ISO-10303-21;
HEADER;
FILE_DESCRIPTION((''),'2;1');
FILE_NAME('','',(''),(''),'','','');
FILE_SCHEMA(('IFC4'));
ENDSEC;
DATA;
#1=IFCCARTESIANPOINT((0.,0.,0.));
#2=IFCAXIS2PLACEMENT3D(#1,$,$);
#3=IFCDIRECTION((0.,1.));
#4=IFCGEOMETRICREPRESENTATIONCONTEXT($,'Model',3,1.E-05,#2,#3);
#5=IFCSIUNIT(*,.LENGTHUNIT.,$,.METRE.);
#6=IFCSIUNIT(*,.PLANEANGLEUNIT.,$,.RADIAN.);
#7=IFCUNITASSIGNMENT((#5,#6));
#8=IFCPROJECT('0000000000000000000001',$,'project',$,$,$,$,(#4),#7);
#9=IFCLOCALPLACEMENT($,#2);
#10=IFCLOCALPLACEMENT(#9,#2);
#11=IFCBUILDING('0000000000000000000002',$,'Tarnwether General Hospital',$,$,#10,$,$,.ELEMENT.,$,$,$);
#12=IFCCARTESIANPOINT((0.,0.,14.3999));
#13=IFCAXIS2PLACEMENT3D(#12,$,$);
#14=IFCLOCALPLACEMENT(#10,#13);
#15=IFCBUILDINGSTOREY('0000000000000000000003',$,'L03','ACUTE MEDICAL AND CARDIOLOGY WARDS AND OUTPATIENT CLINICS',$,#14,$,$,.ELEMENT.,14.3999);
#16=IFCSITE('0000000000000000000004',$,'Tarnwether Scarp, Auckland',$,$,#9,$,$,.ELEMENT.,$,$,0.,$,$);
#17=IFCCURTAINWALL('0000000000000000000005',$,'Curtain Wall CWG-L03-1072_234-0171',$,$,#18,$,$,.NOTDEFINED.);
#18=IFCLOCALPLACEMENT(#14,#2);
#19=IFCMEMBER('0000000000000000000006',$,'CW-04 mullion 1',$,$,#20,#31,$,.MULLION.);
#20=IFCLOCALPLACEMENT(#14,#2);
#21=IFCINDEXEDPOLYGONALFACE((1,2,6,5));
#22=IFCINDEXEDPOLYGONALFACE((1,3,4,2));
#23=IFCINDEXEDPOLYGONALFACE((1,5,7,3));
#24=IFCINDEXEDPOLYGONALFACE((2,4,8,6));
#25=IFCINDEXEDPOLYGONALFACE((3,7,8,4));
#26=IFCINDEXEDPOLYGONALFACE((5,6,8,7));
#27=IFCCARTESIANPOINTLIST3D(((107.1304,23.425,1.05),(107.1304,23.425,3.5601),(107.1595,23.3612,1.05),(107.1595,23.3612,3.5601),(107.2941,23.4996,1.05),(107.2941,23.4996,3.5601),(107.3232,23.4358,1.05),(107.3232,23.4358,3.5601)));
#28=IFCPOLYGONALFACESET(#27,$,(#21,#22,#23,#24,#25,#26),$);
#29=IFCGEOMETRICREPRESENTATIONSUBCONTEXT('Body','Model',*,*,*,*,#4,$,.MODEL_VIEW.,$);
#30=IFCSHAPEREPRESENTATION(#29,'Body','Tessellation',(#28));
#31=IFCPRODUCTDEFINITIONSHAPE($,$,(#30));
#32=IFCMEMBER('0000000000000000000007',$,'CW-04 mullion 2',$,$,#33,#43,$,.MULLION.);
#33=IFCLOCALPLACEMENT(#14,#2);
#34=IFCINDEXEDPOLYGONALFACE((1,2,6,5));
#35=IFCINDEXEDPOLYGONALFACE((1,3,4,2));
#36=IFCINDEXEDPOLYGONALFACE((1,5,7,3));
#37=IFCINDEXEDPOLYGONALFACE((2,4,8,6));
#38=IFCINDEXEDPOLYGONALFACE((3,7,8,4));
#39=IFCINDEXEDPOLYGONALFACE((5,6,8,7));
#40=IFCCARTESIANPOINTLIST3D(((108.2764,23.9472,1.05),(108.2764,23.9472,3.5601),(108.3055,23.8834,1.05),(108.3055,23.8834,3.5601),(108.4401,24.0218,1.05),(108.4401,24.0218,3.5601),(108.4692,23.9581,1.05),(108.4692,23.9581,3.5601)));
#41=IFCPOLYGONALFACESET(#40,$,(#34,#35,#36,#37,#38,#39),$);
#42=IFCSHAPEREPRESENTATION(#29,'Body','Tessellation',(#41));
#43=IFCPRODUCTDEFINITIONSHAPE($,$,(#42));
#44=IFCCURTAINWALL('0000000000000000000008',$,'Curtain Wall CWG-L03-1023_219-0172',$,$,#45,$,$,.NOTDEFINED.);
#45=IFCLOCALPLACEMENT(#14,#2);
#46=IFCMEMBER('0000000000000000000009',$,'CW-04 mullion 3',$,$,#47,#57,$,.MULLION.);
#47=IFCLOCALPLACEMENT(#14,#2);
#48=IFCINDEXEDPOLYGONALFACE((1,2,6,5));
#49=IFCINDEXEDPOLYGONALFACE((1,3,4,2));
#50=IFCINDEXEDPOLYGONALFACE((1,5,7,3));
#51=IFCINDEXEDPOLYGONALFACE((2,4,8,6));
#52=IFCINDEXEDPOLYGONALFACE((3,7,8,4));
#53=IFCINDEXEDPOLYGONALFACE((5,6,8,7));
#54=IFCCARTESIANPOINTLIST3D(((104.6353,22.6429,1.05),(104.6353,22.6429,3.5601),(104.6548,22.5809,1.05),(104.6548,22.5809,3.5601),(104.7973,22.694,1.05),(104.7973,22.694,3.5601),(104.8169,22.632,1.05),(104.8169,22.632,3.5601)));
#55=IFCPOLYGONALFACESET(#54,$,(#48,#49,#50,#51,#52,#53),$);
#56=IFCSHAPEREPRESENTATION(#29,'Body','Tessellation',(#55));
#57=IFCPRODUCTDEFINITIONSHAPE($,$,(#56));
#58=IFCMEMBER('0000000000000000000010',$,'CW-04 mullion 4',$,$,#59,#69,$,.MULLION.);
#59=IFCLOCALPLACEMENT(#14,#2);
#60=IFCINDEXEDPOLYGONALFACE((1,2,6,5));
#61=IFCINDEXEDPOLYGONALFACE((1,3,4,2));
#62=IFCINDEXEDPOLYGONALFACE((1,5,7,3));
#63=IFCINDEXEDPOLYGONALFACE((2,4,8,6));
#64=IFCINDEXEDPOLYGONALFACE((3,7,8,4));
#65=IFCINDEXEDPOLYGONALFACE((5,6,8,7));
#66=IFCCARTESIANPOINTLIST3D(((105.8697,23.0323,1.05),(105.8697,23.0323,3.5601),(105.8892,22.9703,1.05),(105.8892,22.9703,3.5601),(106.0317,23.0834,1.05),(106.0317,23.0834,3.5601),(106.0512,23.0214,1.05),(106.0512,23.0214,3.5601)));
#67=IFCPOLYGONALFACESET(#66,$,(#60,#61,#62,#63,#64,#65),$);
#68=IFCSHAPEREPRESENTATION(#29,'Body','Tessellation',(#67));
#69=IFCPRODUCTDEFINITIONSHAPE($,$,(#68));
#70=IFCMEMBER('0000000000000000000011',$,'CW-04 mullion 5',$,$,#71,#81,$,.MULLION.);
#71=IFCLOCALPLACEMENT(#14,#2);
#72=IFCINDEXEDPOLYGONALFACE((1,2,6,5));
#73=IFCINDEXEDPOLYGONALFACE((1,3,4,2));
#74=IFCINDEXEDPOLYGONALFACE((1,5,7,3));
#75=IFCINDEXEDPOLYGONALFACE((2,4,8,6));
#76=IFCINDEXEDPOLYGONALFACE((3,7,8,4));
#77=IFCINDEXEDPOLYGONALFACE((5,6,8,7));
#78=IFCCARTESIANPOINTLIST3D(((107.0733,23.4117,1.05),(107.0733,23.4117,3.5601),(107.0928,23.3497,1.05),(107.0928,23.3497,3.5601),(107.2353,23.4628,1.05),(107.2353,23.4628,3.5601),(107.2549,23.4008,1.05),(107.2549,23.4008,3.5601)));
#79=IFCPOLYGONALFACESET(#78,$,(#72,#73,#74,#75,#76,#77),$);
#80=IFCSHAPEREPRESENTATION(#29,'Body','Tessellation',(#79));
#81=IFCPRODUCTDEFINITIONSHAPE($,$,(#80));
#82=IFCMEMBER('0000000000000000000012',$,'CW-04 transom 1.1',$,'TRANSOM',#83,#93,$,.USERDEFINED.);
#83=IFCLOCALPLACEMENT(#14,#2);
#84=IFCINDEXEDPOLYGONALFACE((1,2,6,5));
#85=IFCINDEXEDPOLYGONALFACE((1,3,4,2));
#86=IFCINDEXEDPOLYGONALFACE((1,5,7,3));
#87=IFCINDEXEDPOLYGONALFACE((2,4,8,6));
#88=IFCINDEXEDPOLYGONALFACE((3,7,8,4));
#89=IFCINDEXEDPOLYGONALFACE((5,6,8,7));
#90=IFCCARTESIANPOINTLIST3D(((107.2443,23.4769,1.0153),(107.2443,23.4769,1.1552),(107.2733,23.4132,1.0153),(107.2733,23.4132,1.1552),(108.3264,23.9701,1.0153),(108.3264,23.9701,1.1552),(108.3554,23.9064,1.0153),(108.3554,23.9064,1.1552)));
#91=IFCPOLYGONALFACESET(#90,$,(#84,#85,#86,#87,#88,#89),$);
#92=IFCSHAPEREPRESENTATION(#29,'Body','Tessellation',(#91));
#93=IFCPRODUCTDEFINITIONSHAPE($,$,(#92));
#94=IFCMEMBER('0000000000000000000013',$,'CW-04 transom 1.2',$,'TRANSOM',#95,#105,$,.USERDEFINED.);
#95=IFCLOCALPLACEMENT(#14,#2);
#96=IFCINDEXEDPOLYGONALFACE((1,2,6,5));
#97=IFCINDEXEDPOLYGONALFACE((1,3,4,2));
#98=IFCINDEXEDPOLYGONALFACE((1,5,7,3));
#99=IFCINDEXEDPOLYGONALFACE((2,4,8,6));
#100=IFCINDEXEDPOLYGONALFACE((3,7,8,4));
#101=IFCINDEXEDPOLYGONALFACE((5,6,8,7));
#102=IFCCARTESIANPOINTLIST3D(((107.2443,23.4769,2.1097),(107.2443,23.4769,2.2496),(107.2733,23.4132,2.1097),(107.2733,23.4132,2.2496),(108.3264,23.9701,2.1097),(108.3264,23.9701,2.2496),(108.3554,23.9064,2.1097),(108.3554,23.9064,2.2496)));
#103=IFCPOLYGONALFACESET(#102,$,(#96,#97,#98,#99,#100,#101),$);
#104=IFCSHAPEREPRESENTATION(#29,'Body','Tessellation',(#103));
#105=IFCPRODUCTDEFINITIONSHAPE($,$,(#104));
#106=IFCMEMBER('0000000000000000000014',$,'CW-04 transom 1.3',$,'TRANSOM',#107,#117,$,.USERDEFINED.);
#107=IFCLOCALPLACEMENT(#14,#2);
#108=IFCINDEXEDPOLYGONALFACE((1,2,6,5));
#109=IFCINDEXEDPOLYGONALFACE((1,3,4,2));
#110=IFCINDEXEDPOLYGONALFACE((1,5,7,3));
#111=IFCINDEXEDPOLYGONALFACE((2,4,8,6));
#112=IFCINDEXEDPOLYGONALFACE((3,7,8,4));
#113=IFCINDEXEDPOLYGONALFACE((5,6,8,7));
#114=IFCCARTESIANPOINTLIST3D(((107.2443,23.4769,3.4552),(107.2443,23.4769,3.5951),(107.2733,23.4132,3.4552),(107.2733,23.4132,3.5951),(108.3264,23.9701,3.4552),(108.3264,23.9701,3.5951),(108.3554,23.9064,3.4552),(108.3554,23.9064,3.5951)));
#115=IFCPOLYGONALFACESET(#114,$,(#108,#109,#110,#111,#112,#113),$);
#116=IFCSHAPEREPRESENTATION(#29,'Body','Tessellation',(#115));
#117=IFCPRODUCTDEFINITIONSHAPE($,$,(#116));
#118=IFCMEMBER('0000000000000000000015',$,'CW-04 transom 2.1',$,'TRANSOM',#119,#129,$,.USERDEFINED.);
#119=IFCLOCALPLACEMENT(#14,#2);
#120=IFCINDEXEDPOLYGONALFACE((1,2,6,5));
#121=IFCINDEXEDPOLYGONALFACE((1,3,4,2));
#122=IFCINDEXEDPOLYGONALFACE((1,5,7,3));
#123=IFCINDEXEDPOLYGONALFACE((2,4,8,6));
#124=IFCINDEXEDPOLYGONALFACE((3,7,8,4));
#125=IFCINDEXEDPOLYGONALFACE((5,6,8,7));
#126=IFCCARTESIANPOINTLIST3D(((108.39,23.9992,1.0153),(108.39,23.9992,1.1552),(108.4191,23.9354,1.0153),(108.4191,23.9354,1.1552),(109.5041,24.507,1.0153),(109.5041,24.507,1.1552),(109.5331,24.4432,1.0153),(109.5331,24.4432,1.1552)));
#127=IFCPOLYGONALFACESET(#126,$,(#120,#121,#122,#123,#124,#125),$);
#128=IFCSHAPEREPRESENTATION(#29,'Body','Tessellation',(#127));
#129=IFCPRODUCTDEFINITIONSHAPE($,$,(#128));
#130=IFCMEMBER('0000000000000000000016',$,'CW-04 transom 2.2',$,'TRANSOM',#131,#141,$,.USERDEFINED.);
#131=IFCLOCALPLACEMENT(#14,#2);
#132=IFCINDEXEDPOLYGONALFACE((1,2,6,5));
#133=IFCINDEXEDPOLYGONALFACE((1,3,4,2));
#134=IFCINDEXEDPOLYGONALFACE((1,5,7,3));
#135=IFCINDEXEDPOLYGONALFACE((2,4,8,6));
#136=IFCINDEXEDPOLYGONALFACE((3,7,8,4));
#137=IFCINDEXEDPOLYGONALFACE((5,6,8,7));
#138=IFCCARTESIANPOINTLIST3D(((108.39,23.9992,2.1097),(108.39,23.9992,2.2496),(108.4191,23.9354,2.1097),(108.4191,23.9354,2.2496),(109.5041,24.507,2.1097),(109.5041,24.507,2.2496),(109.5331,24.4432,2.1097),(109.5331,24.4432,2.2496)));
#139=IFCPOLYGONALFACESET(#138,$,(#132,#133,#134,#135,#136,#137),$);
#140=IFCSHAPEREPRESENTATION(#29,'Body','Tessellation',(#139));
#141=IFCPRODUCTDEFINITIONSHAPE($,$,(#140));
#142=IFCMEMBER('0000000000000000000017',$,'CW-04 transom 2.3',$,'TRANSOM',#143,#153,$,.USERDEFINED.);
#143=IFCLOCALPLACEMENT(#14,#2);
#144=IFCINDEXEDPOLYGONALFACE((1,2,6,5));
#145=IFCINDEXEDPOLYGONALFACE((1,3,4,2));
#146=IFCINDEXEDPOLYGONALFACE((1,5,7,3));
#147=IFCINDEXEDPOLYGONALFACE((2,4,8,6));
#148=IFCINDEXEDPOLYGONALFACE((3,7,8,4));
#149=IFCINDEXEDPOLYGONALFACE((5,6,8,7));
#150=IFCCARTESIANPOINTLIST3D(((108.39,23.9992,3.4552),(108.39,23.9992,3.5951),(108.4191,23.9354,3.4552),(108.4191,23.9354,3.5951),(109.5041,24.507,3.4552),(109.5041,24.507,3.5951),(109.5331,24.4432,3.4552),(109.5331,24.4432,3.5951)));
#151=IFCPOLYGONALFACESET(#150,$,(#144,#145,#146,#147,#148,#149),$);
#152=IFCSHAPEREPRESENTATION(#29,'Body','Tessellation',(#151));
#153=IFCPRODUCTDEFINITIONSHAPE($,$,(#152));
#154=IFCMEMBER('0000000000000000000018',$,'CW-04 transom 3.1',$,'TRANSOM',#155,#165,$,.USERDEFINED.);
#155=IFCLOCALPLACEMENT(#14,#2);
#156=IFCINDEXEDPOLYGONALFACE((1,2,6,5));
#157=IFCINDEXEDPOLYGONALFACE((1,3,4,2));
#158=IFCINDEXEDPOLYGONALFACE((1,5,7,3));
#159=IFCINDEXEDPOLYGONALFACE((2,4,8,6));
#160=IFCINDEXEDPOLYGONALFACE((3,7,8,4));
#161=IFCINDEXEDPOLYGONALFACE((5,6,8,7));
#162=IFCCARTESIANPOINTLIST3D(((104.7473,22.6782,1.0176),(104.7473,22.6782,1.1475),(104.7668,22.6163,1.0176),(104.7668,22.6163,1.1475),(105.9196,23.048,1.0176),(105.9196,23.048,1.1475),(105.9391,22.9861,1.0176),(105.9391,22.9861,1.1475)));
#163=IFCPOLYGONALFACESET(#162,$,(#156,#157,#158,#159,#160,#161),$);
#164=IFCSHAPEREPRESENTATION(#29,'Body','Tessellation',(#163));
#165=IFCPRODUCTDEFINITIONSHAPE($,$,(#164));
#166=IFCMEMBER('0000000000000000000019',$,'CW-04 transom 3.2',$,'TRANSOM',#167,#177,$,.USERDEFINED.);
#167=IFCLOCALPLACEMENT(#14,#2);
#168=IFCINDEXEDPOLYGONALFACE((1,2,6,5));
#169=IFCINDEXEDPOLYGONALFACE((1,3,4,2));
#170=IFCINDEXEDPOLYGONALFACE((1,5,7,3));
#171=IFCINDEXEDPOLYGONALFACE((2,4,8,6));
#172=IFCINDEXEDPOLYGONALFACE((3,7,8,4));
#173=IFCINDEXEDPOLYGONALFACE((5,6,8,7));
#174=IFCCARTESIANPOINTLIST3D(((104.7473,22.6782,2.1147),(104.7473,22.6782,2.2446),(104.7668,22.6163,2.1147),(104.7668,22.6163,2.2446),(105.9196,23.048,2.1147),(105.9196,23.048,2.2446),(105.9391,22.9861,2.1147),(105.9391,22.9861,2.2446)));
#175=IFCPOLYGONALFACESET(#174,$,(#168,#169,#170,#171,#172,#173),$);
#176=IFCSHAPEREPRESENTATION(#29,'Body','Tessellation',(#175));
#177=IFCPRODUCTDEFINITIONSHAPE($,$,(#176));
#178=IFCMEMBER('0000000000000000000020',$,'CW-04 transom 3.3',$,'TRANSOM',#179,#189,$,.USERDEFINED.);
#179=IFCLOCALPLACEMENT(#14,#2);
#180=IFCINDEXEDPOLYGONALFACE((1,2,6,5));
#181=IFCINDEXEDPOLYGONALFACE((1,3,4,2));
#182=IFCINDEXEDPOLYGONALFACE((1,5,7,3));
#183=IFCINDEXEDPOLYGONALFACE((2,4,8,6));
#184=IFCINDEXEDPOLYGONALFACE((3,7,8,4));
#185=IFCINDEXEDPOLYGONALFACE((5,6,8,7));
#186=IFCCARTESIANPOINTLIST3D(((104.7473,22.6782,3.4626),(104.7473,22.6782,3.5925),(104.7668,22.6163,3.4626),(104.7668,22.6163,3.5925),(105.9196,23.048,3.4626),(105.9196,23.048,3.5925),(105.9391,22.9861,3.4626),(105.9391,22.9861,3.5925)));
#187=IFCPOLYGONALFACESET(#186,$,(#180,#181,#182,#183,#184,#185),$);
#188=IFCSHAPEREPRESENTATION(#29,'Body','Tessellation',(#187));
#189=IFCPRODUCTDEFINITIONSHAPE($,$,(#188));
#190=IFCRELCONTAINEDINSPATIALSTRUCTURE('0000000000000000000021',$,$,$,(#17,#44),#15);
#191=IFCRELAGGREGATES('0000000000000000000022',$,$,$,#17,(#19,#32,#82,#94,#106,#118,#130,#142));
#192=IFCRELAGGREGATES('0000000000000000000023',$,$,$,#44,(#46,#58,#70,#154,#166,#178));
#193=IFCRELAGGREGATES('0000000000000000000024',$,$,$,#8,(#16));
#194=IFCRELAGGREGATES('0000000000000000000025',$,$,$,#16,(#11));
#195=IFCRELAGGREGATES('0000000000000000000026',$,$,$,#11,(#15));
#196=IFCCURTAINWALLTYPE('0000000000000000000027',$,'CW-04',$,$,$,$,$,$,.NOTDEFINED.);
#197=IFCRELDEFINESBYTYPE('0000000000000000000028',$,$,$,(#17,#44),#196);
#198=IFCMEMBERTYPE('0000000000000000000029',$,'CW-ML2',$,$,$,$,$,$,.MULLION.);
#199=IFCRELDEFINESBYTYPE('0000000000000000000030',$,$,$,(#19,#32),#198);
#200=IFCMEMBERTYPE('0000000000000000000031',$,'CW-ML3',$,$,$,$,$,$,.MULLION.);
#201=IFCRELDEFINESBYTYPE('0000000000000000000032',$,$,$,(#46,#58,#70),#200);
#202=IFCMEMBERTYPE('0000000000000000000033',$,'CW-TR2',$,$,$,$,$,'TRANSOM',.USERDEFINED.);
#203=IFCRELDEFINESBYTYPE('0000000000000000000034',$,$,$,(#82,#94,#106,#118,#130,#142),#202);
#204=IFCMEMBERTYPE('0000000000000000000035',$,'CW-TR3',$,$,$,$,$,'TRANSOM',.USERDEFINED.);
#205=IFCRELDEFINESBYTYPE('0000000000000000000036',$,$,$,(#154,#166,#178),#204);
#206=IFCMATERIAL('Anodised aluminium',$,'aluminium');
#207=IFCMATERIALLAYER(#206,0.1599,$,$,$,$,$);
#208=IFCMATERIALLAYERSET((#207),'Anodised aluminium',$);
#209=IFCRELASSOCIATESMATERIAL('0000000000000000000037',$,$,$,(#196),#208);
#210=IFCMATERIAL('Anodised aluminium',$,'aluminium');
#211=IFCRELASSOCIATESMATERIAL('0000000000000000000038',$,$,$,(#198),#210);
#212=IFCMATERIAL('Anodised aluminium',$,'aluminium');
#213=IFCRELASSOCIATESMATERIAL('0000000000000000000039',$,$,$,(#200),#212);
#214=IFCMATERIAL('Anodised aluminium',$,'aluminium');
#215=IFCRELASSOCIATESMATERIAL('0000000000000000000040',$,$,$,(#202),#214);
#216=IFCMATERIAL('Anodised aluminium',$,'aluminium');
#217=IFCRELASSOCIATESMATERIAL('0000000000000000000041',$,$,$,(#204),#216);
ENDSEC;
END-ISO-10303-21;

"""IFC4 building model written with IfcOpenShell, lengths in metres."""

from ifc_helpers import new_model, si_unit, direction, frame, origin, origin_2d, place, context, subcontext, project, spatial, rectangle, extrude, material, layer, layer_set, material_profile, profile_set, type_object, element, aggregate, save


model = new_model("IFC4")

# Units and contexts
model_context = context("Model", 3, precision=1e-05, world=origin(), true_north=direction((0.0, 1.0)))
body_context = subcontext(model_context, "Body", "Model", "MODEL_VIEW")
ifc_project = project(units=[si_unit("LENGTHUNIT", "METRE"), si_unit("PLANEANGLEUNIT", "RADIAN")], contexts=[model_context])

# Site, building, storey
site_placement = place(None, origin())
site = spatial("IfcSite", under=ifc_project, at=site_placement, Name="Tarnwether Scarp, Auckland", CompositionType="ELEMENT", RefElevation=0.0)
building_placement = place(site_placement, origin())
building = spatial("IfcBuilding", under=site, at=building_placement, Name="Tarnwether General Hospital", CompositionType="ELEMENT")
storey_placement = place(building_placement, frame((0.0, 0.0, 14.3999)))
storey = spatial("IfcBuildingStorey", under=building, at=storey_placement, Name="L03", Description="ACUTE MEDICAL AND CARDIOLOGY WARDS AND OUTPATIENT CLINICS", CompositionType="ELEMENT", Elevation=14.3999)

# Curtain walls, members
ifc_material_1 = material(Name="Anodised aluminium", Category="aluminium")
ifc_layer_1 = layer(ifc_material_1, 0.1599)
ifc_layer_set_1 = layer_set([ifc_layer_1], Name="Anodised aluminium")
curtain_wall_type = type_object("IfcCurtainWallType", Name="CW-04", PredefinedType="NOTDEFINED", material=ifc_layer_set_1)
curtain_wall_1_placement = place(storey_placement, origin())
curtain_wall_1 = element("IfcCurtainWall", 1, at=curtain_wall_1_placement, inside=storey, type_object=curtain_wall_type, Name="Curtain Wall CWG-L03-1072_234-0171", PredefinedType="NOTDEFINED")
ifc_material_2 = material(Name="Anodised aluminium", Category="aluminium")
ifc_material_profile_1 = material_profile(ifc_material_2, rectangle(XDim=0.0701, YDim=0.1799, at=origin_2d()), Name="ALU-MUL-70x180")
ifc_profile_set_1 = profile_set([ifc_material_profile_1], Name="Anodised aluminium")
member_type_1 = type_object("IfcMemberType", Name="CW-ML2", PredefinedType="MULLION", material=ifc_profile_set_1)
member_1_placement = place(storey_placement, frame((107.2268, 23.4304, 1.05), z_axis=(0.0, 0.0, 1.0), x_axis=(-0.414705, 0.909956, 0.0)))
member_1 = element("IfcMember", 2, at=member_1_placement, type_object=member_type_1, Name="CW-04 mullion 1", PredefinedType="MULLION", context=body_context, shape_type="SweptSolid", body=[
    extrude(rectangle(XDim=0.0701, YDim=0.1799, at=origin_2d()), origin(), (0.0, 0.0, 1.0), 2.51),
])
member_2_placement = place(storey_placement, frame((108.3728, 23.9526, 1.05), z_axis=(0.0, 0.0, 1.0), x_axis=(-0.414705, 0.909956, 0.0)))
member_2 = element("IfcMember", 3, at=member_2_placement, type_object=member_type_1, Name="CW-04 mullion 2", PredefinedType="MULLION", context=body_context, shape_type="SweptSolid", body=[
    extrude(rectangle(XDim=0.0701, YDim=0.1799, at=origin_2d()), origin(), (0.0, 0.0, 1.0), 2.51),
])
curtain_wall_2_placement = place(storey_placement, origin())
curtain_wall_2 = element("IfcCurtainWall", 4, at=curtain_wall_2_placement, inside=storey, type_object=curtain_wall_type, Name="Curtain Wall CWG-L03-1023_219-0172", PredefinedType="NOTDEFINED")
ifc_material_3 = material(Name="Anodised aluminium", Category="aluminium")
ifc_material_profile_2 = material_profile(ifc_material_3, rectangle(XDim=0.0649, YDim=0.1699, at=origin_2d()), Name="ALU-MUL-65x170")
ifc_profile_set_2 = profile_set([ifc_material_profile_2], Name="Anodised aluminium")
member_type_2 = type_object("IfcMemberType", Name="CW-ML3", PredefinedType="MULLION", material=ifc_profile_set_2)
member_3_placement = place(storey_placement, frame((104.7261, 22.6375, 1.05), z_axis=(0.0, 0.0, 1.0), x_axis=(-0.300715, 0.953714, 0.0)))
member_3 = element("IfcMember", 5, at=member_3_placement, type_object=member_type_2, Name="CW-04 mullion 3", PredefinedType="MULLION", context=body_context, shape_type="SweptSolid", body=[
    extrude(rectangle(XDim=0.0649, YDim=0.1699, at=origin_2d()), origin(), (0.0, 0.0, 1.0), 2.51),
])
member_4_placement = place(storey_placement, frame((105.9604, 23.0269, 1.05), z_axis=(0.0, 0.0, 1.0), x_axis=(-0.300715, 0.953714, 0.0)))
member_4 = element("IfcMember", 6, at=member_4_placement, type_object=member_type_2, Name="CW-04 mullion 4", PredefinedType="MULLION", context=body_context, shape_type="SweptSolid", body=[
    extrude(rectangle(XDim=0.0649, YDim=0.1699, at=origin_2d()), origin(), (0.0, 0.0, 1.0), 2.51),
])
member_5_placement = place(storey_placement, frame((107.1641, 23.4062, 1.05), z_axis=(0.0, 0.0, 1.0), x_axis=(-0.300715, 0.953714, 0.0)))
member_5 = element("IfcMember", 7, at=member_5_placement, type_object=member_type_2, Name="CW-04 mullion 5", PredefinedType="MULLION", context=body_context, shape_type="SweptSolid", body=[
    extrude(rectangle(XDim=0.0649, YDim=0.1699, at=origin_2d()), origin(), (0.0, 0.0, 1.0), 2.51),
])

# Members
ifc_material_4 = material(Name="Anodised aluminium", Category="aluminium")
ifc_material_profile_3 = material_profile(ifc_material_4, rectangle(XDim=0.0701, YDim=0.1399, at=origin_2d()), Name="ALU-TRN-70x140")
ifc_profile_set_3 = profile_set([ifc_material_profile_3], Name="Anodised aluminium")
member_type_3 = type_object("IfcMemberType", Name="CW-TR2", ElementType="TRANSOM", PredefinedType="USERDEFINED", material=ifc_profile_set_3)
member_6_placement = place(storey_placement, frame((107.2588, 23.4451, 1.0852), z_axis=(0.909944, 0.414731, 0.0), x_axis=(-0.414731, 0.909944, 0.0)))
member_6 = element("IfcMember", 8, at=member_6_placement, type_object=member_type_3, Name="CW-04 transom 1.1", ObjectType="TRANSOM", PredefinedType="USERDEFINED", context=body_context, shape_type="SweptSolid", body=[
    extrude(rectangle(XDim=0.0701, YDim=0.1399, at=origin_2d()), origin(), (0.0, 0.0, 1.0), 1.1892),
])
member_7_placement = place(storey_placement, frame((107.2588, 23.4451, 2.1797), z_axis=(0.909944, 0.414731, 0.0), x_axis=(-0.414731, 0.909944, 0.0)))
member_7 = element("IfcMember", 9, at=member_7_placement, type_object=member_type_3, Name="CW-04 transom 1.2", ObjectType="TRANSOM", PredefinedType="USERDEFINED", context=body_context, shape_type="SweptSolid", body=[
    extrude(rectangle(XDim=0.0701, YDim=0.1399, at=origin_2d()), origin(), (0.0, 0.0, 1.0), 1.1892),
])
member_8_placement = place(storey_placement, frame((107.2588, 23.4451, 3.5251), z_axis=(0.909944, 0.414731, 0.0), x_axis=(-0.414731, 0.909944, 0.0)))
member_8 = element("IfcMember", 10, at=member_8_placement, type_object=member_type_3, Name="CW-04 transom 1.3", ObjectType="TRANSOM", PredefinedType="USERDEFINED", context=body_context, shape_type="SweptSolid", body=[
    extrude(rectangle(XDim=0.0701, YDim=0.1399, at=origin_2d()), origin(), (0.0, 0.0, 1.0), 1.1892),
])
member_9_placement = place(storey_placement, frame((108.4045, 23.9673, 1.0852), z_axis=(0.909922, 0.414779, 0.0), x_axis=(-0.414779, 0.909922, 0.0)))
member_9 = element("IfcMember", 11, at=member_9_placement, type_object=member_type_3, Name="CW-04 transom 2.1", ObjectType="TRANSOM", PredefinedType="USERDEFINED", context=body_context, shape_type="SweptSolid", body=[
    extrude(rectangle(XDim=0.0701, YDim=0.1399, at=origin_2d()), origin(), (0.0, 0.0, 1.0), 1.2244),
])
member_10_placement = place(storey_placement, frame((108.4045, 23.9673, 2.1797), z_axis=(0.909922, 0.414779, 0.0), x_axis=(-0.414779, 0.909922, 0.0)))
member_10 = element("IfcMember", 12, at=member_10_placement, type_object=member_type_3, Name="CW-04 transom 2.2", ObjectType="TRANSOM", PredefinedType="USERDEFINED", context=body_context, shape_type="SweptSolid", body=[
    extrude(rectangle(XDim=0.0701, YDim=0.1399, at=origin_2d()), origin(), (0.0, 0.0, 1.0), 1.2244),
])
member_11_placement = place(storey_placement, frame((108.4045, 23.9673, 3.5251), z_axis=(0.909922, 0.414779, 0.0), x_axis=(-0.414779, 0.909922, 0.0)))
member_11 = element("IfcMember", 13, at=member_11_placement, type_object=member_type_3, Name="CW-04 transom 2.3", ObjectType="TRANSOM", PredefinedType="USERDEFINED", context=body_context, shape_type="SweptSolid", body=[
    extrude(rectangle(XDim=0.0701, YDim=0.1399, at=origin_2d()), origin(), (0.0, 0.0, 1.0), 1.2244),
])
ifc_material_5 = material(Name="Anodised aluminium", Category="aluminium")
ifc_material_profile_4 = material_profile(ifc_material_5, rectangle(XDim=0.0649, YDim=0.1299, at=origin_2d()), Name="ALU-TRN-65x130")
ifc_profile_set_4 = profile_set([ifc_material_profile_4], Name="Anodised aluminium")
member_type_4 = type_object("IfcMemberType", Name="CW-TR3", ElementType="TRANSOM", PredefinedType="USERDEFINED", material=ifc_profile_set_4)
member_12_placement = place(storey_placement, frame((104.7571, 22.6472, 1.0825), z_axis=(0.953664, 0.300875, 0.0), x_axis=(-0.300875, 0.953664, 0.0)))
member_12 = element("IfcMember", 14, at=member_12_placement, type_object=member_type_4, Name="CW-04 transom 3.1", ObjectType="TRANSOM", PredefinedType="USERDEFINED", context=body_context, shape_type="SweptSolid", body=[
    extrude(rectangle(XDim=0.0649, YDim=0.1299, at=origin_2d()), origin(), (0.0, 0.0, 1.0), 1.2292),
])
member_13_placement = place(storey_placement, frame((104.7571, 22.6472, 2.1797), z_axis=(0.953664, 0.300875, 0.0), x_axis=(-0.300875, 0.953664, 0.0)))
member_13 = element("IfcMember", 15, at=member_13_placement, type_object=member_type_4, Name="CW-04 transom 3.2", ObjectType="TRANSOM", PredefinedType="USERDEFINED", context=body_context, shape_type="SweptSolid", body=[
    extrude(rectangle(XDim=0.0649, YDim=0.1299, at=origin_2d()), origin(), (0.0, 0.0, 1.0), 1.2292),
])
member_14_placement = place(storey_placement, frame((104.7571, 22.6472, 3.5276), z_axis=(0.953664, 0.300875, 0.0), x_axis=(-0.300875, 0.953664, 0.0)))
member_14 = element("IfcMember", 16, at=member_14_placement, type_object=member_type_4, Name="CW-04 transom 3.3", ObjectType="TRANSOM", PredefinedType="USERDEFINED", context=body_context, shape_type="SweptSolid", body=[
    extrude(rectangle(XDim=0.0649, YDim=0.1299, at=origin_2d()), origin(), (0.0, 0.0, 1.0), 1.2292),
])

aggregate(curtain_wall_1, [member_1, member_2, member_6, member_7, member_8, member_9, member_10, member_11])
aggregate(curtain_wall_2, [member_3, member_4, member_5, member_12, member_13, member_14])

save(model, "model.ifc")
